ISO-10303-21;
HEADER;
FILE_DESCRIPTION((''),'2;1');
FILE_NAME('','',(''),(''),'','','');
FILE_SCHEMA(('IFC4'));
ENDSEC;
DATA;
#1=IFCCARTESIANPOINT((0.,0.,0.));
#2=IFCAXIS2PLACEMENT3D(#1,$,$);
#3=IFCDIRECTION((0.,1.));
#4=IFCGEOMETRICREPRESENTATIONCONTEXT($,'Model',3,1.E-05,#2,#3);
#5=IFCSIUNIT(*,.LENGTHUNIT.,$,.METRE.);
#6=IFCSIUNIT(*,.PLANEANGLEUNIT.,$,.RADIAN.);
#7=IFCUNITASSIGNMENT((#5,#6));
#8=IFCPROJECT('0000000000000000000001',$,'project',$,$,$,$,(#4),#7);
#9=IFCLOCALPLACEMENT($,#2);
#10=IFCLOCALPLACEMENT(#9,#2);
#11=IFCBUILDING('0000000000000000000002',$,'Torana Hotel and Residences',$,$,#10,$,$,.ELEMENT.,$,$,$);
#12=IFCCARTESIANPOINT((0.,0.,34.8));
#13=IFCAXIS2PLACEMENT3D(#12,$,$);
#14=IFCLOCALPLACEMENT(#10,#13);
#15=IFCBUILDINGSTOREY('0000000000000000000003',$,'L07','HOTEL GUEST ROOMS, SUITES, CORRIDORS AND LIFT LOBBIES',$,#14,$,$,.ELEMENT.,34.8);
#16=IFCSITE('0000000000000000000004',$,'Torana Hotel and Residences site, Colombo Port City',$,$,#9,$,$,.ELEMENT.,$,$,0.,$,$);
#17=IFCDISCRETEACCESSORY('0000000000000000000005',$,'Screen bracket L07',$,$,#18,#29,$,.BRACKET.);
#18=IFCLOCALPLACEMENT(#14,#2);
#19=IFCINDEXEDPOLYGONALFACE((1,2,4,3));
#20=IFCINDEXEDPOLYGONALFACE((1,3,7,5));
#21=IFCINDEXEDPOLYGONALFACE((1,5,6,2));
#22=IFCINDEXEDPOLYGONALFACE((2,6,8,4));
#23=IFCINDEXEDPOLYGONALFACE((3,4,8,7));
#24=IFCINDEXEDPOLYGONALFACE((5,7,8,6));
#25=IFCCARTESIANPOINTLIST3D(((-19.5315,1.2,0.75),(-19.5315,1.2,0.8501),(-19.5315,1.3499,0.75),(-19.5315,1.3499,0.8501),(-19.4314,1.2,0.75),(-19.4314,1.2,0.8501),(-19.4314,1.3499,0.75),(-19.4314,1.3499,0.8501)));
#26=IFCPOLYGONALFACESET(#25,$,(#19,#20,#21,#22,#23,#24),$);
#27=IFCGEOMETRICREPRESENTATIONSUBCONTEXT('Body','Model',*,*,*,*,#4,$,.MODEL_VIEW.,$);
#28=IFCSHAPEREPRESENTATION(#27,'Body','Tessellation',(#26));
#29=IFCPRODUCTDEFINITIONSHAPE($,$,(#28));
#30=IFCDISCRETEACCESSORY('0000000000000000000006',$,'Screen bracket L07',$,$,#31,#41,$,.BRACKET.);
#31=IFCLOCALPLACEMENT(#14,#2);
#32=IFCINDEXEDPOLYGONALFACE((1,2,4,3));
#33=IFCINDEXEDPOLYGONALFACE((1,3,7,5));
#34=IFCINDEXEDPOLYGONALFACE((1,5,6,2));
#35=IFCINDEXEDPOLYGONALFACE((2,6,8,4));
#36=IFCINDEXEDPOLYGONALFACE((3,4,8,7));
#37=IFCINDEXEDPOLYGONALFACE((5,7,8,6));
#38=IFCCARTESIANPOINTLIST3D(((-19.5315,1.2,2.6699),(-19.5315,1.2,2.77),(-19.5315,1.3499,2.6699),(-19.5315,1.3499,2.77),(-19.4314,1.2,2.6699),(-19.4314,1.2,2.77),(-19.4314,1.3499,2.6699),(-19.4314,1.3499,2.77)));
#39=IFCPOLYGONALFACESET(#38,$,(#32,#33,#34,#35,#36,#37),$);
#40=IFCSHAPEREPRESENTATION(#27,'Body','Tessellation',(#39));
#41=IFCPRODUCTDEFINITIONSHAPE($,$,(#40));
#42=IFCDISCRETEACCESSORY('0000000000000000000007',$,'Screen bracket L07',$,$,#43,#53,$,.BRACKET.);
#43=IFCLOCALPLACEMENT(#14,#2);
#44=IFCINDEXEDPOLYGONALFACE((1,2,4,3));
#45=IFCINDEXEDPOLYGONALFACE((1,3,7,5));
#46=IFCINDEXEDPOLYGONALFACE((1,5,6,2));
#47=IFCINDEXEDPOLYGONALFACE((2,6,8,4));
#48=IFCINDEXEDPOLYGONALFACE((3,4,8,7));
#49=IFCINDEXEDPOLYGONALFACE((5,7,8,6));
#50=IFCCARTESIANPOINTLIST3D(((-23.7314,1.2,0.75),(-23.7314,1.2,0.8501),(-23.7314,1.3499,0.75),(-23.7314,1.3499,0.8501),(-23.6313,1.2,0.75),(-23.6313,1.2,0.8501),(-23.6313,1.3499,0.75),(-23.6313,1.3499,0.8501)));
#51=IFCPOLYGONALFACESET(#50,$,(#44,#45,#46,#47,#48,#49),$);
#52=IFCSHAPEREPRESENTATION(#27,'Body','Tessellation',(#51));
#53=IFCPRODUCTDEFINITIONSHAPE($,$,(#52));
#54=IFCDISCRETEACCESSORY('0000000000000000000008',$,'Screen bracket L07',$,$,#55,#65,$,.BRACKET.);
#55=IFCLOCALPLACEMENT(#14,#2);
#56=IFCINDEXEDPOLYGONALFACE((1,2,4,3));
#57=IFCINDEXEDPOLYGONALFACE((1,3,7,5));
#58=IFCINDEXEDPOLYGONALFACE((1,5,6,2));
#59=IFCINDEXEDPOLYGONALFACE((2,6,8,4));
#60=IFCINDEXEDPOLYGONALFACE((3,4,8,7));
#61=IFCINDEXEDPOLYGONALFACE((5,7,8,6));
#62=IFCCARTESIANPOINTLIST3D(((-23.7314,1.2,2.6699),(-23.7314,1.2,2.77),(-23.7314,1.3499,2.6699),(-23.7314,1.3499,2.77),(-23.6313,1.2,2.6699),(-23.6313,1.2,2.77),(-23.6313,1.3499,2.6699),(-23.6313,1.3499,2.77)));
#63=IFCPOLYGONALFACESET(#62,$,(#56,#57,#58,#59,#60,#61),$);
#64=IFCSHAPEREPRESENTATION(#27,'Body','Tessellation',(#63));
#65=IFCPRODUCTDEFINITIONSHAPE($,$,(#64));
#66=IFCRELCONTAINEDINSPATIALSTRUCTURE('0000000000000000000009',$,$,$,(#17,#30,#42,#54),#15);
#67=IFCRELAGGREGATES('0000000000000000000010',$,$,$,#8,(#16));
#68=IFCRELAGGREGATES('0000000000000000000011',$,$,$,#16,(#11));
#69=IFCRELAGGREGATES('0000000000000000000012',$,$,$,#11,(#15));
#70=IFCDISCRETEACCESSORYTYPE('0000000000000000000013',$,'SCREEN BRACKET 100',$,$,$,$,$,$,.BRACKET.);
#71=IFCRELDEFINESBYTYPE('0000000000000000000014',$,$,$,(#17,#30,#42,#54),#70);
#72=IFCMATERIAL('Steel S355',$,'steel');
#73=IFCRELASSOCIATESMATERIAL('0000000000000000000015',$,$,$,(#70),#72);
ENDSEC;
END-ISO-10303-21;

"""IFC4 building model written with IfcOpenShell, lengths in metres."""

from ifc_helpers import new_model, si_unit, direction, frame, origin, origin_2d, place, context, subcontext, project, spatial, rectangle, extrude, material, type_object, element, save


model = new_model("IFC4")

# Units and contexts
model_context = context("Model", 3, precision=1e-05, world=origin(), true_north=direction((0.0, 1.0)))
body_context = subcontext(model_context, "Body", "Model", "MODEL_VIEW")
ifc_project = project(units=[si_unit("LENGTHUNIT", "METRE"), si_unit("PLANEANGLEUNIT", "RADIAN")], contexts=[model_context])

# Site, building, storey
site_placement = place(None, origin())
site = spatial("IfcSite", under=ifc_project, at=site_placement, Name="Torana Hotel and Residences site, Colombo Port City", CompositionType="ELEMENT", RefElevation=0.0)
building_placement = place(site_placement, origin())
building = spatial("IfcBuilding", under=site, at=building_placement, Name="Torana Hotel and Residences", CompositionType="ELEMENT")
storey_placement = place(building_placement, frame((0.0, 0.0, 34.8)))
storey = spatial("IfcBuildingStorey", under=building, at=storey_placement, Name="L07", Description="HOTEL GUEST ROOMS, SUITES, CORRIDORS AND LIFT LOBBIES", CompositionType="ELEMENT", Elevation=34.8)

# Discrete accessories
ifc_material_1 = material(Name="Steel S355", Category="steel")
discrete_accessory_type = type_object("IfcDiscreteAccessoryType", Name="SCREEN BRACKET 100", PredefinedType="BRACKET", material=ifc_material_1)
for number, where, z_axis, x_axis, name in (
    (1, (-19.4814, 1.2749, 0.75), (0.0, 0.0, 1.0), (-1.0, 0.0, 0.0), "Screen bracket L07"),
    (2, (-19.4814, 1.2749, 2.6699), (0.0, 0.0, 1.0), (-1.0, 0.0, 0.0), "Screen bracket L07"),
    (3, (-23.6814, 1.2749, 0.75), (0.0, 0.0, 1.0), (-1.0, 0.0, 0.0), "Screen bracket L07"),
    (4, (-23.6814, 1.2749, 2.6699), (0.0, 0.0, 1.0), (-1.0, 0.0, 0.0), "Screen bracket L07"),
):
    element("IfcDiscreteAccessory", number, at=place(storey_placement, frame(where, z_axis=z_axis, x_axis=x_axis)), inside=storey, type_object=discrete_accessory_type, Name=name, PredefinedType="BRACKET", context=body_context, shape_type="SweptSolid", body=[
        extrude(rectangle(XDim=0.1001, YDim=0.1499, at=origin_2d()), origin(), (0.0, 0.0, 1.0), 0.1001),
    ])

save(model, "model.ifc")
